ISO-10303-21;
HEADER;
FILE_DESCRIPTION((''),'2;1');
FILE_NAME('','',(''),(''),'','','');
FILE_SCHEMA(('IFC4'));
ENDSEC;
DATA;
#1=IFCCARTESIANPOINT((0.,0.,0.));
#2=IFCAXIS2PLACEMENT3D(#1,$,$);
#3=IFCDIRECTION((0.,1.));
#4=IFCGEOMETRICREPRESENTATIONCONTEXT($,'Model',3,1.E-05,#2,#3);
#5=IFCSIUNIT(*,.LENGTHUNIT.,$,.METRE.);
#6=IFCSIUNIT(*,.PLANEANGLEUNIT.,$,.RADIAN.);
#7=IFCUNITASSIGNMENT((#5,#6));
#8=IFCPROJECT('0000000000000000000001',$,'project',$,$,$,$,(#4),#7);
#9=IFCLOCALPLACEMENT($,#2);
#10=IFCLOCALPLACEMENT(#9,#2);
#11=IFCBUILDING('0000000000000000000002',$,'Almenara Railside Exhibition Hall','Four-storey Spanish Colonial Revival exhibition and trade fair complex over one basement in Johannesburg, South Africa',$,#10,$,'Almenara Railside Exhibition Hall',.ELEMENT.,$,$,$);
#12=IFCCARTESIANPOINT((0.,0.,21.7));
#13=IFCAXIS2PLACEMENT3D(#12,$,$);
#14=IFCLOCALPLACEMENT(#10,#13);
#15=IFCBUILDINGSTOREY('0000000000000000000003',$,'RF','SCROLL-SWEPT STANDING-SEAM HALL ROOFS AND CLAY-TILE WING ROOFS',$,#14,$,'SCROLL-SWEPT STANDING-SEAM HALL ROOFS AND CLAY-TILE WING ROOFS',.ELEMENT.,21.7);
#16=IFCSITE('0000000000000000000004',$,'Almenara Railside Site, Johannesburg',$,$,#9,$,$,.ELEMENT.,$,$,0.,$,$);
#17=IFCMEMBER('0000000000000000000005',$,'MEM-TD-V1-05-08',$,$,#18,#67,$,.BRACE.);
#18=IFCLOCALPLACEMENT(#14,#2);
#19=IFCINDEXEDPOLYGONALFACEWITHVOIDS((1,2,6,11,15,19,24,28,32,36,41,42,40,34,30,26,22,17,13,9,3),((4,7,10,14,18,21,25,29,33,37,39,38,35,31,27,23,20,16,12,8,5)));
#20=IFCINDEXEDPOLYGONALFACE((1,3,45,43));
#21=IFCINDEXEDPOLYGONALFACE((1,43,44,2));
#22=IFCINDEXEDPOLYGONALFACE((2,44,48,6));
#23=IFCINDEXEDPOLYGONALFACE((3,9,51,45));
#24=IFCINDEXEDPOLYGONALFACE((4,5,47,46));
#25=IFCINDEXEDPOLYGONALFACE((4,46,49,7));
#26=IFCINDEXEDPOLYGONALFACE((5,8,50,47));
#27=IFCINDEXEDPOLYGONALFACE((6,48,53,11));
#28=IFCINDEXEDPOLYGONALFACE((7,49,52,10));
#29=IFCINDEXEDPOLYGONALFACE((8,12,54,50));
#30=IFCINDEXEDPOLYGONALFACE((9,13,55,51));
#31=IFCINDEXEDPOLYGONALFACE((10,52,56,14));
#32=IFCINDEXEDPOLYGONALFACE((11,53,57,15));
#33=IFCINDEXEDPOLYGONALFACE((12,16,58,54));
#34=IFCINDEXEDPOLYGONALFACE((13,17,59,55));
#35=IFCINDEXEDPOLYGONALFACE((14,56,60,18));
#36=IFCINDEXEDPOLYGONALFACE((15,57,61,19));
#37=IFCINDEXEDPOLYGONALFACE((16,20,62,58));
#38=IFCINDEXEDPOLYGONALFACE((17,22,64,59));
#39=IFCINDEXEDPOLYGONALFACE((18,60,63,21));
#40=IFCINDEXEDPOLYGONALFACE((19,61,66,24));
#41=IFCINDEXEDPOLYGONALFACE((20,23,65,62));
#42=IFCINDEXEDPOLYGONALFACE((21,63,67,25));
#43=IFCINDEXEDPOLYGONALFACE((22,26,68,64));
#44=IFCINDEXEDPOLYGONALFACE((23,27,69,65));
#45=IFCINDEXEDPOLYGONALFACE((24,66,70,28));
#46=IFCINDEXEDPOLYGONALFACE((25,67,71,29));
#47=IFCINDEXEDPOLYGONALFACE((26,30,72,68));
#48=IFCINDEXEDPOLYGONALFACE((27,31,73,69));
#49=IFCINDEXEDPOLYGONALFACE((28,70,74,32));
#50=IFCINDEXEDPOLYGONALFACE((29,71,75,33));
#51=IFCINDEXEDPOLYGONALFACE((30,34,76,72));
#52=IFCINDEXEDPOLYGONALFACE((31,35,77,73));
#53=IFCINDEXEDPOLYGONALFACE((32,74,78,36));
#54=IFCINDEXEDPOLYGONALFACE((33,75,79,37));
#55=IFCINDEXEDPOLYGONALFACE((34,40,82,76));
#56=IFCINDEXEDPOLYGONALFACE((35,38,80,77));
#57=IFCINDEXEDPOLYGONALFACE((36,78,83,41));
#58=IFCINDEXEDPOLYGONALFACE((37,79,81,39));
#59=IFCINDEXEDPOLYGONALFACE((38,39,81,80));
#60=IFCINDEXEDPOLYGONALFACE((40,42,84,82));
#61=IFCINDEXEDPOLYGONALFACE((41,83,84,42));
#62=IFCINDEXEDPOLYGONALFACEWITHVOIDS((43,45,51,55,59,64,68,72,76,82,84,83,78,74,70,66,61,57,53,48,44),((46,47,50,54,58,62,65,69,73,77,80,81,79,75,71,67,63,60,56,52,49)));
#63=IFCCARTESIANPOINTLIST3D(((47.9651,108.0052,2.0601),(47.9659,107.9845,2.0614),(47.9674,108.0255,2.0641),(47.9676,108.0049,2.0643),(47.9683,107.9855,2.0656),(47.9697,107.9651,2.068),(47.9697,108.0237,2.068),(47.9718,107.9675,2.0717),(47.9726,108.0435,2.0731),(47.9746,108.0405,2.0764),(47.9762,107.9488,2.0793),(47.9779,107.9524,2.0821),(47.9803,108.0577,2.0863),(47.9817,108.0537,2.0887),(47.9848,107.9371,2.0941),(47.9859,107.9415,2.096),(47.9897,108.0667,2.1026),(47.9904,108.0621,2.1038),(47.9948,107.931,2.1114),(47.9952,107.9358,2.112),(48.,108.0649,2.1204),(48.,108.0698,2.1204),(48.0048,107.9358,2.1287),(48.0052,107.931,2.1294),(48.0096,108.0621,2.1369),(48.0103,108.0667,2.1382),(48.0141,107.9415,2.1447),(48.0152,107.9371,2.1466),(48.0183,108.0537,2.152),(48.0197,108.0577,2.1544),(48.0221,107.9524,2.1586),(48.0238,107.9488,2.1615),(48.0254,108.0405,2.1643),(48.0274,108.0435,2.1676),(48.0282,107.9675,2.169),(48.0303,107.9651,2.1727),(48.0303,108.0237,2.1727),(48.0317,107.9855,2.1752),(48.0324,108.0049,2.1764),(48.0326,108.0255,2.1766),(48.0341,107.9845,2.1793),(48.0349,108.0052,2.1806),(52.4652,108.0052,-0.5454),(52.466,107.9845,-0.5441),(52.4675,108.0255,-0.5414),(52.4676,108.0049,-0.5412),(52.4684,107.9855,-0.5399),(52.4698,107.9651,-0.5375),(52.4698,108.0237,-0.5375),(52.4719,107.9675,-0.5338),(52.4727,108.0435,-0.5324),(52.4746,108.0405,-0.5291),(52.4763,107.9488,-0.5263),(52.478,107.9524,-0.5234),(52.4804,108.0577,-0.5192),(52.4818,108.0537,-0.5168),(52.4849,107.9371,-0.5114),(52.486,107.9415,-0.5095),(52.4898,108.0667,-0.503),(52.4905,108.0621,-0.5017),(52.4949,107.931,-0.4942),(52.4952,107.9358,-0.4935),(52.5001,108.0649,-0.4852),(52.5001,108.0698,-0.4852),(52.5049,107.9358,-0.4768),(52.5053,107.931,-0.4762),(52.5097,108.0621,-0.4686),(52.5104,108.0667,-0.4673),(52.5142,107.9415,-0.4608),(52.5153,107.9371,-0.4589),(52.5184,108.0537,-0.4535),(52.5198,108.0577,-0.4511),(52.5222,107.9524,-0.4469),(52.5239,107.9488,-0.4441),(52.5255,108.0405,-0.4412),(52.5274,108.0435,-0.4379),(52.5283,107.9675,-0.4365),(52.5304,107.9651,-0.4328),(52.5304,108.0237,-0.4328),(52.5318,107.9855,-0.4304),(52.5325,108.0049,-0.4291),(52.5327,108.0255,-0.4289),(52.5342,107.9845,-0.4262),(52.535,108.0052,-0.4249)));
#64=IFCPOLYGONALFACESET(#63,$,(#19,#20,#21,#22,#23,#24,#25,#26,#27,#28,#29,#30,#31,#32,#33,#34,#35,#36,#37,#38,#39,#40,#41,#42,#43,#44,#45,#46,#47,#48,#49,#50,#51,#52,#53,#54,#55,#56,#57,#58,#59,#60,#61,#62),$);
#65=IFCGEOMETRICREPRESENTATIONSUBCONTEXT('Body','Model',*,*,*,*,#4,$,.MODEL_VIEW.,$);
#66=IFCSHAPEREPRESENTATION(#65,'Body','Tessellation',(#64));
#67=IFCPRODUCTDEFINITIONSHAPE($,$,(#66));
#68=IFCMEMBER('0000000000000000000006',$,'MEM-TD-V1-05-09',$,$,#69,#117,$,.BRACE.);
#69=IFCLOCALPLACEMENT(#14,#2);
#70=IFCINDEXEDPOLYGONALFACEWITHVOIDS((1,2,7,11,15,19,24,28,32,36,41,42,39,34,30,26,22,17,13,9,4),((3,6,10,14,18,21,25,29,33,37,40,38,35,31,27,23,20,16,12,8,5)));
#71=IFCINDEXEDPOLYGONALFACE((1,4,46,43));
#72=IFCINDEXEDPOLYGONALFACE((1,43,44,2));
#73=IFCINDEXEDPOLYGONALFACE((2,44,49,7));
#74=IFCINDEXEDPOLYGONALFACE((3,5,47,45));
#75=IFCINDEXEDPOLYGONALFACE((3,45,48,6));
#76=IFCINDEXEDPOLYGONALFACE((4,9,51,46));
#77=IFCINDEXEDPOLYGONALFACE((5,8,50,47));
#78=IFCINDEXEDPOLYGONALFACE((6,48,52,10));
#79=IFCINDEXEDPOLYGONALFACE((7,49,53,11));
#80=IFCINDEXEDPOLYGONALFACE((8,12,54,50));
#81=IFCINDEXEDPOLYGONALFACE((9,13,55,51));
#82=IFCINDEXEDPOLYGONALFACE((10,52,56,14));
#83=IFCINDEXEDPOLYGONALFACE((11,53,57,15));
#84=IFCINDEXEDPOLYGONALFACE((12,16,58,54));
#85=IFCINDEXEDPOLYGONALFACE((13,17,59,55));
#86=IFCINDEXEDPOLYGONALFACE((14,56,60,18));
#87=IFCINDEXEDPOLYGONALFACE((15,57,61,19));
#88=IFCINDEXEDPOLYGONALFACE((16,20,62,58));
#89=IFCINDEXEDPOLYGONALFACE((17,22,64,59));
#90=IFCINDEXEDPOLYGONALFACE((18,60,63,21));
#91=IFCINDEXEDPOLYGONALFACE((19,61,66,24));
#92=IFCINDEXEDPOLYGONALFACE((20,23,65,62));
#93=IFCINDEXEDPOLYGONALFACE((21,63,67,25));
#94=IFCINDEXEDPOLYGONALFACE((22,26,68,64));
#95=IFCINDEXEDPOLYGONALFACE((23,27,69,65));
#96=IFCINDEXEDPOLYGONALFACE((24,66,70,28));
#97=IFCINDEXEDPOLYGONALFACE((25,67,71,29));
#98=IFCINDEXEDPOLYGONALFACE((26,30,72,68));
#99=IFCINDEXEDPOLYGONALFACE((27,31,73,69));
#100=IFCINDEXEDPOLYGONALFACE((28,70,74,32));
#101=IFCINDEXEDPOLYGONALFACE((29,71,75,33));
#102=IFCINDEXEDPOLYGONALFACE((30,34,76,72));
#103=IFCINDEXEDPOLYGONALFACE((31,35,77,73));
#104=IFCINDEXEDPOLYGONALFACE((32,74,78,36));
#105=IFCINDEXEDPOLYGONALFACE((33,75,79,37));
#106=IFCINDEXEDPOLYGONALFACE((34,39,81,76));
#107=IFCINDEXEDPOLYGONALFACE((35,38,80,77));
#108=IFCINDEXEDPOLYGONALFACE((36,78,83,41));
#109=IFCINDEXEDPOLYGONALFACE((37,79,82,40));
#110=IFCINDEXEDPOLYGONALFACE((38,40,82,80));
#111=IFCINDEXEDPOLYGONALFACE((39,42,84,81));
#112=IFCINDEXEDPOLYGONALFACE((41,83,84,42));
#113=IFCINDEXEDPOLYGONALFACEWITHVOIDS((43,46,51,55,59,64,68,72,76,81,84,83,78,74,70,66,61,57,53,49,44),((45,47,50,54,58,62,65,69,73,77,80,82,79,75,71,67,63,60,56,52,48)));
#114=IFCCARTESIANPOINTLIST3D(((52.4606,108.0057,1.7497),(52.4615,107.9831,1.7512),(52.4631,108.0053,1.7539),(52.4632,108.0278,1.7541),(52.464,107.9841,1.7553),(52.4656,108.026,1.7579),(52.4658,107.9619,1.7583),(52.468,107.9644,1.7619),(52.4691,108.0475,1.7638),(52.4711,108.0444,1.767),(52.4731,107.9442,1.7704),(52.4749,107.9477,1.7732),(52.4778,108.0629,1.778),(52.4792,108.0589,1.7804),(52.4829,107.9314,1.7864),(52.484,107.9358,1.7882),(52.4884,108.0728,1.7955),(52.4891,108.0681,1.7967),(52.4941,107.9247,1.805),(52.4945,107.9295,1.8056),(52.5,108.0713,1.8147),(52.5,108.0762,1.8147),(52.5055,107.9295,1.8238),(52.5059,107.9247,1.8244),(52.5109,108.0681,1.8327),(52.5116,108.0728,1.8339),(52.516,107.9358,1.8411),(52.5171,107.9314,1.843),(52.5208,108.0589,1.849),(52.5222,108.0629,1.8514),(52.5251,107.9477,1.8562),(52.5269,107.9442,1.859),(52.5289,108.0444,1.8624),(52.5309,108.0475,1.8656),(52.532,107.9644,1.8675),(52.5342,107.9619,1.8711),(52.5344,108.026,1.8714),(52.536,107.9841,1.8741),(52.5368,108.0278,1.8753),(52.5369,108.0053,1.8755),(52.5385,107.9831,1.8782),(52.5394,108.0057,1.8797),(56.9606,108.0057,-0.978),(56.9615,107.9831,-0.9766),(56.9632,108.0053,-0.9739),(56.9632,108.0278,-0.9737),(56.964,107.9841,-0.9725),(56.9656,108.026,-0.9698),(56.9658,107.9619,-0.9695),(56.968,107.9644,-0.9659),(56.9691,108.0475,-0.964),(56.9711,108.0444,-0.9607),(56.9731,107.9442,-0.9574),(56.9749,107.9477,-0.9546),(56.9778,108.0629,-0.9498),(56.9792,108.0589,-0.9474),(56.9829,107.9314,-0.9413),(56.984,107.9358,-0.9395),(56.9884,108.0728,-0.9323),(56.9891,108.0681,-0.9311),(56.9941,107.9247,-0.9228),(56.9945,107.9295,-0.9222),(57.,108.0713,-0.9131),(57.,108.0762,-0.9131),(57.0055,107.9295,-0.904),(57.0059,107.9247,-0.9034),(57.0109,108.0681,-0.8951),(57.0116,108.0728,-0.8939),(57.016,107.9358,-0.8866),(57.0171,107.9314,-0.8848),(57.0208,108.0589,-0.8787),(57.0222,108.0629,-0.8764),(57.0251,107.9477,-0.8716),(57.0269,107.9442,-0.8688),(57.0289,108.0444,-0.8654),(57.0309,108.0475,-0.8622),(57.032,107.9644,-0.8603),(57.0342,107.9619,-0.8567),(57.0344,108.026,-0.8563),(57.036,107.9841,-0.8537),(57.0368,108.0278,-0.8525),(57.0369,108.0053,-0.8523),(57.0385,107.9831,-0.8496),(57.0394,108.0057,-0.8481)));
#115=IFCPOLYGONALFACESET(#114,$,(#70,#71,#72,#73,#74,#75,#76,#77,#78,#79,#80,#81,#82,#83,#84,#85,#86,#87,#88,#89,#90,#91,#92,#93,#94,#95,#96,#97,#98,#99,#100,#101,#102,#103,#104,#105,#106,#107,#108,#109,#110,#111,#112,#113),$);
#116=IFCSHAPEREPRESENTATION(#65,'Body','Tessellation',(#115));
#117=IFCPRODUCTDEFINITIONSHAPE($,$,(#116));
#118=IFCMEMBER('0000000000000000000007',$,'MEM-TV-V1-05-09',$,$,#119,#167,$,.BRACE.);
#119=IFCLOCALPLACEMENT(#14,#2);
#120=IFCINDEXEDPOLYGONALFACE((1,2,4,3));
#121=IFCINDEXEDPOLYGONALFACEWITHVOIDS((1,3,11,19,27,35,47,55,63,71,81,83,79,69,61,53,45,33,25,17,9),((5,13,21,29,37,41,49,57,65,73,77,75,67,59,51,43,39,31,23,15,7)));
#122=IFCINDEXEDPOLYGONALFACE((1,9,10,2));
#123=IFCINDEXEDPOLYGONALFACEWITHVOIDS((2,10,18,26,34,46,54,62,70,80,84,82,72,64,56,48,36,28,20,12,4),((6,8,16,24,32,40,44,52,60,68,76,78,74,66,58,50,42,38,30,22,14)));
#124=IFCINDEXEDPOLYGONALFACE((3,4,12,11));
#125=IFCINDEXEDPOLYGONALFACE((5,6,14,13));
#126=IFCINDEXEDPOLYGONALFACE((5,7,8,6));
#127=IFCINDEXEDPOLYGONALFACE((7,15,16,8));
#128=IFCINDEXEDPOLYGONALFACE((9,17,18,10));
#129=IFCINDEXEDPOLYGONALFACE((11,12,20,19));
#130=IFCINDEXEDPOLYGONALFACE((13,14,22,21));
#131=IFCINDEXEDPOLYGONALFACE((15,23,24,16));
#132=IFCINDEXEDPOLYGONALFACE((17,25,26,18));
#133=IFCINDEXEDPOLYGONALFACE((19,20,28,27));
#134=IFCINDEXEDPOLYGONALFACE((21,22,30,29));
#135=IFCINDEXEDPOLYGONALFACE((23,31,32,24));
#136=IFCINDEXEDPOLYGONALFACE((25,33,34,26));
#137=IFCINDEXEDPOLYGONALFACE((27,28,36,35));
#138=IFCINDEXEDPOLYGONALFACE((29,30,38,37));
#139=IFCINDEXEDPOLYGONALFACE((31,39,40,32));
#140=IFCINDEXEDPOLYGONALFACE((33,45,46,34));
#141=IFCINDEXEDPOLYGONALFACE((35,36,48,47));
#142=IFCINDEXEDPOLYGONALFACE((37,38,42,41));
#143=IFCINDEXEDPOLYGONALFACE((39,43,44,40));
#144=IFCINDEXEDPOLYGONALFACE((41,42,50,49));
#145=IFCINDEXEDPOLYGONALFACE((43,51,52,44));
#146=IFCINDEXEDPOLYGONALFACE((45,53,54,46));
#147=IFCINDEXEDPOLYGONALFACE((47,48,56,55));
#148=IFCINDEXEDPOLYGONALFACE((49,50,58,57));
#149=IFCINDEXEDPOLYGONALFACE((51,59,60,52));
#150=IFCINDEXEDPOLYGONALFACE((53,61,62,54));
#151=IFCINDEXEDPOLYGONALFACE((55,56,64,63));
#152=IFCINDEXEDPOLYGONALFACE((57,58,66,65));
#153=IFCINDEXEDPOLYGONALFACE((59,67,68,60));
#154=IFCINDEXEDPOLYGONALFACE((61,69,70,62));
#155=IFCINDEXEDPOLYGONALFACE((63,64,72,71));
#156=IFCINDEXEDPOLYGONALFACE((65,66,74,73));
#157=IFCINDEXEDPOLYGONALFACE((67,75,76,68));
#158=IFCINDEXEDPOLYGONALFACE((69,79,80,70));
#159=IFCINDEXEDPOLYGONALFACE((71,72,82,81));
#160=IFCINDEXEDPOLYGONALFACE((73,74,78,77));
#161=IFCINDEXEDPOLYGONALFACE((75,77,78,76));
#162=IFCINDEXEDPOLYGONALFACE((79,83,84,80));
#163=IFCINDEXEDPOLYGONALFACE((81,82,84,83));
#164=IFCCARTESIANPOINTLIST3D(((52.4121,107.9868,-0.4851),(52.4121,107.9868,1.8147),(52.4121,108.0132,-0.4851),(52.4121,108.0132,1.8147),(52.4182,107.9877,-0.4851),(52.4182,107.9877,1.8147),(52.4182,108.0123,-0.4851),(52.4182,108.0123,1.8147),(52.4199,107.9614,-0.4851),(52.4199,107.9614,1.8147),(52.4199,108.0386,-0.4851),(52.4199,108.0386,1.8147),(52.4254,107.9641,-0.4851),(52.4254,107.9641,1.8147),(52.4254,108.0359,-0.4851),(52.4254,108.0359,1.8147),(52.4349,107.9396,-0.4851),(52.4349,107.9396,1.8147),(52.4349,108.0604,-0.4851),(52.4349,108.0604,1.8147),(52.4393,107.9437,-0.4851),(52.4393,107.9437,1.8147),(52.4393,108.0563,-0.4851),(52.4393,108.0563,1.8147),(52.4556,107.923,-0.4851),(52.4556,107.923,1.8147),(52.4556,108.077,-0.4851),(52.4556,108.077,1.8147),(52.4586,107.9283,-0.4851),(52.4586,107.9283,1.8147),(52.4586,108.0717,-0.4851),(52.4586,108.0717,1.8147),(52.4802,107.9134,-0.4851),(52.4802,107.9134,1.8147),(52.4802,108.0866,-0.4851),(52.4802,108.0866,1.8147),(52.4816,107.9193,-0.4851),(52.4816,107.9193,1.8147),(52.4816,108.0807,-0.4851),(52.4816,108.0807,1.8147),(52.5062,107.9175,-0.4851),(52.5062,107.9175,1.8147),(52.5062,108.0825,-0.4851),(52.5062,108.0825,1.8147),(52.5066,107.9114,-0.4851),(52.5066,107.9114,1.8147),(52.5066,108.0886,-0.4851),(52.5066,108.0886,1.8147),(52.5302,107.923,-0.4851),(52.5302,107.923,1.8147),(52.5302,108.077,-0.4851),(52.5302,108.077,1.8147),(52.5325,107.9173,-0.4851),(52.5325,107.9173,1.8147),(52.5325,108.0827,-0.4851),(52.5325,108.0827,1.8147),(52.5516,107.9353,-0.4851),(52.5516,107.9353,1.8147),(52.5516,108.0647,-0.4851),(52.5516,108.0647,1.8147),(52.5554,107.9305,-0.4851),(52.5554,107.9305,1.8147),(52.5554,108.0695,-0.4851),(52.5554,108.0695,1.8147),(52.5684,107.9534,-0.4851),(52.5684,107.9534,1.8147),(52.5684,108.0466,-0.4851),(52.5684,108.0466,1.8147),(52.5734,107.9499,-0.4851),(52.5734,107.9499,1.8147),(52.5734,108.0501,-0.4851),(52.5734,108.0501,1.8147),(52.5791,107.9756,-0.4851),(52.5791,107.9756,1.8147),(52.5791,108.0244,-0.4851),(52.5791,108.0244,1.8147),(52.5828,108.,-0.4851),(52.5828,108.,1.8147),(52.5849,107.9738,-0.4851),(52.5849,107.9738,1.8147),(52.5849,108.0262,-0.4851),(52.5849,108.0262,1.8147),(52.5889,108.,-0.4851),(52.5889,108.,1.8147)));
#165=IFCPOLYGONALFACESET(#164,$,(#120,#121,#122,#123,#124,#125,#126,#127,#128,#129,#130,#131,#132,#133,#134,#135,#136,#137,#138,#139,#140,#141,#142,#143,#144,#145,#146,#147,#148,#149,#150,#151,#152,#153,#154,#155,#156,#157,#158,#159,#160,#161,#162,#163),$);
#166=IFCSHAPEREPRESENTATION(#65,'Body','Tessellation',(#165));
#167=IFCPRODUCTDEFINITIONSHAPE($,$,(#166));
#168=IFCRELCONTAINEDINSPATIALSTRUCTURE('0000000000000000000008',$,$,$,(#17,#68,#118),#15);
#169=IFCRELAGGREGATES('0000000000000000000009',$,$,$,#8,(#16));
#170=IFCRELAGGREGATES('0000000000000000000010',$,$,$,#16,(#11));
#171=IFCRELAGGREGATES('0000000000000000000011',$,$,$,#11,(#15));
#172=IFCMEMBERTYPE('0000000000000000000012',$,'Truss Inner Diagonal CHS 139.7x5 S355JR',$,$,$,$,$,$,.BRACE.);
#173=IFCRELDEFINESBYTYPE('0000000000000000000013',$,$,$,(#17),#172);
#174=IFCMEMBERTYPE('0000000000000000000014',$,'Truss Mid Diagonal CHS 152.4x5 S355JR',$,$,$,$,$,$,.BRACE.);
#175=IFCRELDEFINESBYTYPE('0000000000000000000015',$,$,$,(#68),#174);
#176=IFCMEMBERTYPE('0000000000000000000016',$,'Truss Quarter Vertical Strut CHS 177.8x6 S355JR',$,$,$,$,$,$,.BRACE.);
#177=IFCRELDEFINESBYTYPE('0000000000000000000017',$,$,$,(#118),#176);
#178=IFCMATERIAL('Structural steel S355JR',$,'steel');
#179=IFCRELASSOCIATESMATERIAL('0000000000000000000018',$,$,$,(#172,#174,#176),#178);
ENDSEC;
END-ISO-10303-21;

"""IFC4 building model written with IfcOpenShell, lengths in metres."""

from ifc_helpers import new_model, si_unit, direction, frame, origin, origin_2d, place, context, subcontext, project, spatial, hollow_circle, extrude, material, material_profile, profile_set, type_object, element, save


model = new_model("IFC4")

# Units and contexts
model_context = context("Model", 3, precision=1e-05, world=origin(), true_north=direction((0.0, 1.0)))
body_context = subcontext(model_context, "Body", "Model", "MODEL_VIEW")
ifc_project = project(units=[si_unit("LENGTHUNIT", "METRE"), si_unit("PLANEANGLEUNIT", "RADIAN")], contexts=[model_context])

# Site, building, storey
site_placement = place(None, origin())
site = spatial("IfcSite", under=ifc_project, at=site_placement, Name="Almenara Railside Site, Johannesburg", CompositionType="ELEMENT", RefElevation=0.0)
building_placement = place(site_placement, origin())
building = spatial("IfcBuilding", under=site, at=building_placement, Name="Almenara Railside Exhibition Hall", Description="Four-storey Spanish Colonial Revival exhibition and trade fair complex over one basement in Johannesburg, South Africa", LongName="Almenara Railside Exhibition Hall", CompositionType="ELEMENT")
storey_placement = place(building_placement, frame((0.0, 0.0, 21.7)))
storey = spatial("IfcBuildingStorey", under=building, at=storey_placement, Name="RF", Description="SCROLL-SWEPT STANDING-SEAM HALL ROOFS AND CLAY-TILE WING ROOFS", LongName="SCROLL-SWEPT STANDING-SEAM HALL ROOFS AND CLAY-TILE WING ROOFS", CompositionType="ELEMENT", Elevation=21.7)

# Members
ifc_material_1 = material(Name="Structural steel S355JR", Category="steel")
ifc_material_profile_1 = material_profile(ifc_material_1, hollow_circle(Radius=0.0698, WallThickness=0.0049, at=origin_2d()), Name="CHS 139.7x5")
ifc_profile_set_1 = profile_set([ifc_material_profile_1], Name="Structural steel S355JR")
member_type_1 = type_object("IfcMemberType", Name="Truss Inner Diagonal CHS 139.7x5 S355JR", PredefinedType="BRACE", material=ifc_profile_set_1)
member_1_placement = place(storey_placement, frame((48.0, 108.0, 2.1204), z_axis=(0.865409, 0.0, -0.501066), x_axis=(0.0, 1.0, 0.0)))
element("IfcMember", 1, at=member_1_placement, inside=storey, type_object=member_type_1, Name="MEM-TD-V1-05-08", PredefinedType="BRACE", context=body_context, shape_type="SweptSolid", body=[
    extrude(hollow_circle(Radius=0.0698, WallThickness=0.0049, at=origin_2d()), origin(), (0.0, 0.0, 1.0), 5.2),
])
ifc_material_profile_2 = material_profile(ifc_material_1, hollow_circle(Radius=0.0762, WallThickness=0.0049, at=origin_2d()), Name="CHS 152.4x5")
ifc_profile_set_2 = profile_set([ifc_material_profile_2], Name="Structural steel S355JR")
member_type_2 = type_object("IfcMemberType", Name="Truss Mid Diagonal CHS 152.4x5 S355JR", PredefinedType="BRACE", material=ifc_profile_set_2)
member_2_placement = place(storey_placement, frame((52.5, 108.0, 1.8147), z_axis=(0.855155, 0.0, -0.518373), x_axis=(0.0, 1.0, 0.0)))
element("IfcMember", 2, at=member_2_placement, inside=storey, type_object=member_type_2, Name="MEM-TD-V1-05-09", PredefinedType="BRACE", context=body_context, shape_type="SweptSolid", body=[
    extrude(hollow_circle(Radius=0.0762, WallThickness=0.0049, at=origin_2d()), origin(), (0.0, 0.0, 1.0), 5.2622),
])
ifc_material_profile_3 = material_profile(ifc_material_1, hollow_circle(Radius=0.0889, WallThickness=0.0061, at=origin_2d()), Name="CHS 177.8x6")
ifc_profile_set_3 = profile_set([ifc_material_profile_3], Name="Structural steel S355JR")
member_type_3 = type_object("IfcMemberType", Name="Truss Quarter Vertical Strut CHS 177.8x6 S355JR", PredefinedType="BRACE", material=ifc_profile_set_3)
member_3_placement = place(storey_placement, frame((52.5, 108.0, -0.4851), z_axis=(0.0, 0.0, 1.0), x_axis=(1.0, 0.0, 0.0)))
element("IfcMember", 3, at=member_3_placement, inside=storey, type_object=member_type_3, Name="MEM-TV-V1-05-09", PredefinedType="BRACE", context=body_context, shape_type="SweptSolid", body=[
    extrude(hollow_circle(Radius=0.0889, WallThickness=0.0061, at=origin_2d()), origin(), (0.0, 0.0, 1.0), 2.2998),
])

save(model, "model.ifc")
